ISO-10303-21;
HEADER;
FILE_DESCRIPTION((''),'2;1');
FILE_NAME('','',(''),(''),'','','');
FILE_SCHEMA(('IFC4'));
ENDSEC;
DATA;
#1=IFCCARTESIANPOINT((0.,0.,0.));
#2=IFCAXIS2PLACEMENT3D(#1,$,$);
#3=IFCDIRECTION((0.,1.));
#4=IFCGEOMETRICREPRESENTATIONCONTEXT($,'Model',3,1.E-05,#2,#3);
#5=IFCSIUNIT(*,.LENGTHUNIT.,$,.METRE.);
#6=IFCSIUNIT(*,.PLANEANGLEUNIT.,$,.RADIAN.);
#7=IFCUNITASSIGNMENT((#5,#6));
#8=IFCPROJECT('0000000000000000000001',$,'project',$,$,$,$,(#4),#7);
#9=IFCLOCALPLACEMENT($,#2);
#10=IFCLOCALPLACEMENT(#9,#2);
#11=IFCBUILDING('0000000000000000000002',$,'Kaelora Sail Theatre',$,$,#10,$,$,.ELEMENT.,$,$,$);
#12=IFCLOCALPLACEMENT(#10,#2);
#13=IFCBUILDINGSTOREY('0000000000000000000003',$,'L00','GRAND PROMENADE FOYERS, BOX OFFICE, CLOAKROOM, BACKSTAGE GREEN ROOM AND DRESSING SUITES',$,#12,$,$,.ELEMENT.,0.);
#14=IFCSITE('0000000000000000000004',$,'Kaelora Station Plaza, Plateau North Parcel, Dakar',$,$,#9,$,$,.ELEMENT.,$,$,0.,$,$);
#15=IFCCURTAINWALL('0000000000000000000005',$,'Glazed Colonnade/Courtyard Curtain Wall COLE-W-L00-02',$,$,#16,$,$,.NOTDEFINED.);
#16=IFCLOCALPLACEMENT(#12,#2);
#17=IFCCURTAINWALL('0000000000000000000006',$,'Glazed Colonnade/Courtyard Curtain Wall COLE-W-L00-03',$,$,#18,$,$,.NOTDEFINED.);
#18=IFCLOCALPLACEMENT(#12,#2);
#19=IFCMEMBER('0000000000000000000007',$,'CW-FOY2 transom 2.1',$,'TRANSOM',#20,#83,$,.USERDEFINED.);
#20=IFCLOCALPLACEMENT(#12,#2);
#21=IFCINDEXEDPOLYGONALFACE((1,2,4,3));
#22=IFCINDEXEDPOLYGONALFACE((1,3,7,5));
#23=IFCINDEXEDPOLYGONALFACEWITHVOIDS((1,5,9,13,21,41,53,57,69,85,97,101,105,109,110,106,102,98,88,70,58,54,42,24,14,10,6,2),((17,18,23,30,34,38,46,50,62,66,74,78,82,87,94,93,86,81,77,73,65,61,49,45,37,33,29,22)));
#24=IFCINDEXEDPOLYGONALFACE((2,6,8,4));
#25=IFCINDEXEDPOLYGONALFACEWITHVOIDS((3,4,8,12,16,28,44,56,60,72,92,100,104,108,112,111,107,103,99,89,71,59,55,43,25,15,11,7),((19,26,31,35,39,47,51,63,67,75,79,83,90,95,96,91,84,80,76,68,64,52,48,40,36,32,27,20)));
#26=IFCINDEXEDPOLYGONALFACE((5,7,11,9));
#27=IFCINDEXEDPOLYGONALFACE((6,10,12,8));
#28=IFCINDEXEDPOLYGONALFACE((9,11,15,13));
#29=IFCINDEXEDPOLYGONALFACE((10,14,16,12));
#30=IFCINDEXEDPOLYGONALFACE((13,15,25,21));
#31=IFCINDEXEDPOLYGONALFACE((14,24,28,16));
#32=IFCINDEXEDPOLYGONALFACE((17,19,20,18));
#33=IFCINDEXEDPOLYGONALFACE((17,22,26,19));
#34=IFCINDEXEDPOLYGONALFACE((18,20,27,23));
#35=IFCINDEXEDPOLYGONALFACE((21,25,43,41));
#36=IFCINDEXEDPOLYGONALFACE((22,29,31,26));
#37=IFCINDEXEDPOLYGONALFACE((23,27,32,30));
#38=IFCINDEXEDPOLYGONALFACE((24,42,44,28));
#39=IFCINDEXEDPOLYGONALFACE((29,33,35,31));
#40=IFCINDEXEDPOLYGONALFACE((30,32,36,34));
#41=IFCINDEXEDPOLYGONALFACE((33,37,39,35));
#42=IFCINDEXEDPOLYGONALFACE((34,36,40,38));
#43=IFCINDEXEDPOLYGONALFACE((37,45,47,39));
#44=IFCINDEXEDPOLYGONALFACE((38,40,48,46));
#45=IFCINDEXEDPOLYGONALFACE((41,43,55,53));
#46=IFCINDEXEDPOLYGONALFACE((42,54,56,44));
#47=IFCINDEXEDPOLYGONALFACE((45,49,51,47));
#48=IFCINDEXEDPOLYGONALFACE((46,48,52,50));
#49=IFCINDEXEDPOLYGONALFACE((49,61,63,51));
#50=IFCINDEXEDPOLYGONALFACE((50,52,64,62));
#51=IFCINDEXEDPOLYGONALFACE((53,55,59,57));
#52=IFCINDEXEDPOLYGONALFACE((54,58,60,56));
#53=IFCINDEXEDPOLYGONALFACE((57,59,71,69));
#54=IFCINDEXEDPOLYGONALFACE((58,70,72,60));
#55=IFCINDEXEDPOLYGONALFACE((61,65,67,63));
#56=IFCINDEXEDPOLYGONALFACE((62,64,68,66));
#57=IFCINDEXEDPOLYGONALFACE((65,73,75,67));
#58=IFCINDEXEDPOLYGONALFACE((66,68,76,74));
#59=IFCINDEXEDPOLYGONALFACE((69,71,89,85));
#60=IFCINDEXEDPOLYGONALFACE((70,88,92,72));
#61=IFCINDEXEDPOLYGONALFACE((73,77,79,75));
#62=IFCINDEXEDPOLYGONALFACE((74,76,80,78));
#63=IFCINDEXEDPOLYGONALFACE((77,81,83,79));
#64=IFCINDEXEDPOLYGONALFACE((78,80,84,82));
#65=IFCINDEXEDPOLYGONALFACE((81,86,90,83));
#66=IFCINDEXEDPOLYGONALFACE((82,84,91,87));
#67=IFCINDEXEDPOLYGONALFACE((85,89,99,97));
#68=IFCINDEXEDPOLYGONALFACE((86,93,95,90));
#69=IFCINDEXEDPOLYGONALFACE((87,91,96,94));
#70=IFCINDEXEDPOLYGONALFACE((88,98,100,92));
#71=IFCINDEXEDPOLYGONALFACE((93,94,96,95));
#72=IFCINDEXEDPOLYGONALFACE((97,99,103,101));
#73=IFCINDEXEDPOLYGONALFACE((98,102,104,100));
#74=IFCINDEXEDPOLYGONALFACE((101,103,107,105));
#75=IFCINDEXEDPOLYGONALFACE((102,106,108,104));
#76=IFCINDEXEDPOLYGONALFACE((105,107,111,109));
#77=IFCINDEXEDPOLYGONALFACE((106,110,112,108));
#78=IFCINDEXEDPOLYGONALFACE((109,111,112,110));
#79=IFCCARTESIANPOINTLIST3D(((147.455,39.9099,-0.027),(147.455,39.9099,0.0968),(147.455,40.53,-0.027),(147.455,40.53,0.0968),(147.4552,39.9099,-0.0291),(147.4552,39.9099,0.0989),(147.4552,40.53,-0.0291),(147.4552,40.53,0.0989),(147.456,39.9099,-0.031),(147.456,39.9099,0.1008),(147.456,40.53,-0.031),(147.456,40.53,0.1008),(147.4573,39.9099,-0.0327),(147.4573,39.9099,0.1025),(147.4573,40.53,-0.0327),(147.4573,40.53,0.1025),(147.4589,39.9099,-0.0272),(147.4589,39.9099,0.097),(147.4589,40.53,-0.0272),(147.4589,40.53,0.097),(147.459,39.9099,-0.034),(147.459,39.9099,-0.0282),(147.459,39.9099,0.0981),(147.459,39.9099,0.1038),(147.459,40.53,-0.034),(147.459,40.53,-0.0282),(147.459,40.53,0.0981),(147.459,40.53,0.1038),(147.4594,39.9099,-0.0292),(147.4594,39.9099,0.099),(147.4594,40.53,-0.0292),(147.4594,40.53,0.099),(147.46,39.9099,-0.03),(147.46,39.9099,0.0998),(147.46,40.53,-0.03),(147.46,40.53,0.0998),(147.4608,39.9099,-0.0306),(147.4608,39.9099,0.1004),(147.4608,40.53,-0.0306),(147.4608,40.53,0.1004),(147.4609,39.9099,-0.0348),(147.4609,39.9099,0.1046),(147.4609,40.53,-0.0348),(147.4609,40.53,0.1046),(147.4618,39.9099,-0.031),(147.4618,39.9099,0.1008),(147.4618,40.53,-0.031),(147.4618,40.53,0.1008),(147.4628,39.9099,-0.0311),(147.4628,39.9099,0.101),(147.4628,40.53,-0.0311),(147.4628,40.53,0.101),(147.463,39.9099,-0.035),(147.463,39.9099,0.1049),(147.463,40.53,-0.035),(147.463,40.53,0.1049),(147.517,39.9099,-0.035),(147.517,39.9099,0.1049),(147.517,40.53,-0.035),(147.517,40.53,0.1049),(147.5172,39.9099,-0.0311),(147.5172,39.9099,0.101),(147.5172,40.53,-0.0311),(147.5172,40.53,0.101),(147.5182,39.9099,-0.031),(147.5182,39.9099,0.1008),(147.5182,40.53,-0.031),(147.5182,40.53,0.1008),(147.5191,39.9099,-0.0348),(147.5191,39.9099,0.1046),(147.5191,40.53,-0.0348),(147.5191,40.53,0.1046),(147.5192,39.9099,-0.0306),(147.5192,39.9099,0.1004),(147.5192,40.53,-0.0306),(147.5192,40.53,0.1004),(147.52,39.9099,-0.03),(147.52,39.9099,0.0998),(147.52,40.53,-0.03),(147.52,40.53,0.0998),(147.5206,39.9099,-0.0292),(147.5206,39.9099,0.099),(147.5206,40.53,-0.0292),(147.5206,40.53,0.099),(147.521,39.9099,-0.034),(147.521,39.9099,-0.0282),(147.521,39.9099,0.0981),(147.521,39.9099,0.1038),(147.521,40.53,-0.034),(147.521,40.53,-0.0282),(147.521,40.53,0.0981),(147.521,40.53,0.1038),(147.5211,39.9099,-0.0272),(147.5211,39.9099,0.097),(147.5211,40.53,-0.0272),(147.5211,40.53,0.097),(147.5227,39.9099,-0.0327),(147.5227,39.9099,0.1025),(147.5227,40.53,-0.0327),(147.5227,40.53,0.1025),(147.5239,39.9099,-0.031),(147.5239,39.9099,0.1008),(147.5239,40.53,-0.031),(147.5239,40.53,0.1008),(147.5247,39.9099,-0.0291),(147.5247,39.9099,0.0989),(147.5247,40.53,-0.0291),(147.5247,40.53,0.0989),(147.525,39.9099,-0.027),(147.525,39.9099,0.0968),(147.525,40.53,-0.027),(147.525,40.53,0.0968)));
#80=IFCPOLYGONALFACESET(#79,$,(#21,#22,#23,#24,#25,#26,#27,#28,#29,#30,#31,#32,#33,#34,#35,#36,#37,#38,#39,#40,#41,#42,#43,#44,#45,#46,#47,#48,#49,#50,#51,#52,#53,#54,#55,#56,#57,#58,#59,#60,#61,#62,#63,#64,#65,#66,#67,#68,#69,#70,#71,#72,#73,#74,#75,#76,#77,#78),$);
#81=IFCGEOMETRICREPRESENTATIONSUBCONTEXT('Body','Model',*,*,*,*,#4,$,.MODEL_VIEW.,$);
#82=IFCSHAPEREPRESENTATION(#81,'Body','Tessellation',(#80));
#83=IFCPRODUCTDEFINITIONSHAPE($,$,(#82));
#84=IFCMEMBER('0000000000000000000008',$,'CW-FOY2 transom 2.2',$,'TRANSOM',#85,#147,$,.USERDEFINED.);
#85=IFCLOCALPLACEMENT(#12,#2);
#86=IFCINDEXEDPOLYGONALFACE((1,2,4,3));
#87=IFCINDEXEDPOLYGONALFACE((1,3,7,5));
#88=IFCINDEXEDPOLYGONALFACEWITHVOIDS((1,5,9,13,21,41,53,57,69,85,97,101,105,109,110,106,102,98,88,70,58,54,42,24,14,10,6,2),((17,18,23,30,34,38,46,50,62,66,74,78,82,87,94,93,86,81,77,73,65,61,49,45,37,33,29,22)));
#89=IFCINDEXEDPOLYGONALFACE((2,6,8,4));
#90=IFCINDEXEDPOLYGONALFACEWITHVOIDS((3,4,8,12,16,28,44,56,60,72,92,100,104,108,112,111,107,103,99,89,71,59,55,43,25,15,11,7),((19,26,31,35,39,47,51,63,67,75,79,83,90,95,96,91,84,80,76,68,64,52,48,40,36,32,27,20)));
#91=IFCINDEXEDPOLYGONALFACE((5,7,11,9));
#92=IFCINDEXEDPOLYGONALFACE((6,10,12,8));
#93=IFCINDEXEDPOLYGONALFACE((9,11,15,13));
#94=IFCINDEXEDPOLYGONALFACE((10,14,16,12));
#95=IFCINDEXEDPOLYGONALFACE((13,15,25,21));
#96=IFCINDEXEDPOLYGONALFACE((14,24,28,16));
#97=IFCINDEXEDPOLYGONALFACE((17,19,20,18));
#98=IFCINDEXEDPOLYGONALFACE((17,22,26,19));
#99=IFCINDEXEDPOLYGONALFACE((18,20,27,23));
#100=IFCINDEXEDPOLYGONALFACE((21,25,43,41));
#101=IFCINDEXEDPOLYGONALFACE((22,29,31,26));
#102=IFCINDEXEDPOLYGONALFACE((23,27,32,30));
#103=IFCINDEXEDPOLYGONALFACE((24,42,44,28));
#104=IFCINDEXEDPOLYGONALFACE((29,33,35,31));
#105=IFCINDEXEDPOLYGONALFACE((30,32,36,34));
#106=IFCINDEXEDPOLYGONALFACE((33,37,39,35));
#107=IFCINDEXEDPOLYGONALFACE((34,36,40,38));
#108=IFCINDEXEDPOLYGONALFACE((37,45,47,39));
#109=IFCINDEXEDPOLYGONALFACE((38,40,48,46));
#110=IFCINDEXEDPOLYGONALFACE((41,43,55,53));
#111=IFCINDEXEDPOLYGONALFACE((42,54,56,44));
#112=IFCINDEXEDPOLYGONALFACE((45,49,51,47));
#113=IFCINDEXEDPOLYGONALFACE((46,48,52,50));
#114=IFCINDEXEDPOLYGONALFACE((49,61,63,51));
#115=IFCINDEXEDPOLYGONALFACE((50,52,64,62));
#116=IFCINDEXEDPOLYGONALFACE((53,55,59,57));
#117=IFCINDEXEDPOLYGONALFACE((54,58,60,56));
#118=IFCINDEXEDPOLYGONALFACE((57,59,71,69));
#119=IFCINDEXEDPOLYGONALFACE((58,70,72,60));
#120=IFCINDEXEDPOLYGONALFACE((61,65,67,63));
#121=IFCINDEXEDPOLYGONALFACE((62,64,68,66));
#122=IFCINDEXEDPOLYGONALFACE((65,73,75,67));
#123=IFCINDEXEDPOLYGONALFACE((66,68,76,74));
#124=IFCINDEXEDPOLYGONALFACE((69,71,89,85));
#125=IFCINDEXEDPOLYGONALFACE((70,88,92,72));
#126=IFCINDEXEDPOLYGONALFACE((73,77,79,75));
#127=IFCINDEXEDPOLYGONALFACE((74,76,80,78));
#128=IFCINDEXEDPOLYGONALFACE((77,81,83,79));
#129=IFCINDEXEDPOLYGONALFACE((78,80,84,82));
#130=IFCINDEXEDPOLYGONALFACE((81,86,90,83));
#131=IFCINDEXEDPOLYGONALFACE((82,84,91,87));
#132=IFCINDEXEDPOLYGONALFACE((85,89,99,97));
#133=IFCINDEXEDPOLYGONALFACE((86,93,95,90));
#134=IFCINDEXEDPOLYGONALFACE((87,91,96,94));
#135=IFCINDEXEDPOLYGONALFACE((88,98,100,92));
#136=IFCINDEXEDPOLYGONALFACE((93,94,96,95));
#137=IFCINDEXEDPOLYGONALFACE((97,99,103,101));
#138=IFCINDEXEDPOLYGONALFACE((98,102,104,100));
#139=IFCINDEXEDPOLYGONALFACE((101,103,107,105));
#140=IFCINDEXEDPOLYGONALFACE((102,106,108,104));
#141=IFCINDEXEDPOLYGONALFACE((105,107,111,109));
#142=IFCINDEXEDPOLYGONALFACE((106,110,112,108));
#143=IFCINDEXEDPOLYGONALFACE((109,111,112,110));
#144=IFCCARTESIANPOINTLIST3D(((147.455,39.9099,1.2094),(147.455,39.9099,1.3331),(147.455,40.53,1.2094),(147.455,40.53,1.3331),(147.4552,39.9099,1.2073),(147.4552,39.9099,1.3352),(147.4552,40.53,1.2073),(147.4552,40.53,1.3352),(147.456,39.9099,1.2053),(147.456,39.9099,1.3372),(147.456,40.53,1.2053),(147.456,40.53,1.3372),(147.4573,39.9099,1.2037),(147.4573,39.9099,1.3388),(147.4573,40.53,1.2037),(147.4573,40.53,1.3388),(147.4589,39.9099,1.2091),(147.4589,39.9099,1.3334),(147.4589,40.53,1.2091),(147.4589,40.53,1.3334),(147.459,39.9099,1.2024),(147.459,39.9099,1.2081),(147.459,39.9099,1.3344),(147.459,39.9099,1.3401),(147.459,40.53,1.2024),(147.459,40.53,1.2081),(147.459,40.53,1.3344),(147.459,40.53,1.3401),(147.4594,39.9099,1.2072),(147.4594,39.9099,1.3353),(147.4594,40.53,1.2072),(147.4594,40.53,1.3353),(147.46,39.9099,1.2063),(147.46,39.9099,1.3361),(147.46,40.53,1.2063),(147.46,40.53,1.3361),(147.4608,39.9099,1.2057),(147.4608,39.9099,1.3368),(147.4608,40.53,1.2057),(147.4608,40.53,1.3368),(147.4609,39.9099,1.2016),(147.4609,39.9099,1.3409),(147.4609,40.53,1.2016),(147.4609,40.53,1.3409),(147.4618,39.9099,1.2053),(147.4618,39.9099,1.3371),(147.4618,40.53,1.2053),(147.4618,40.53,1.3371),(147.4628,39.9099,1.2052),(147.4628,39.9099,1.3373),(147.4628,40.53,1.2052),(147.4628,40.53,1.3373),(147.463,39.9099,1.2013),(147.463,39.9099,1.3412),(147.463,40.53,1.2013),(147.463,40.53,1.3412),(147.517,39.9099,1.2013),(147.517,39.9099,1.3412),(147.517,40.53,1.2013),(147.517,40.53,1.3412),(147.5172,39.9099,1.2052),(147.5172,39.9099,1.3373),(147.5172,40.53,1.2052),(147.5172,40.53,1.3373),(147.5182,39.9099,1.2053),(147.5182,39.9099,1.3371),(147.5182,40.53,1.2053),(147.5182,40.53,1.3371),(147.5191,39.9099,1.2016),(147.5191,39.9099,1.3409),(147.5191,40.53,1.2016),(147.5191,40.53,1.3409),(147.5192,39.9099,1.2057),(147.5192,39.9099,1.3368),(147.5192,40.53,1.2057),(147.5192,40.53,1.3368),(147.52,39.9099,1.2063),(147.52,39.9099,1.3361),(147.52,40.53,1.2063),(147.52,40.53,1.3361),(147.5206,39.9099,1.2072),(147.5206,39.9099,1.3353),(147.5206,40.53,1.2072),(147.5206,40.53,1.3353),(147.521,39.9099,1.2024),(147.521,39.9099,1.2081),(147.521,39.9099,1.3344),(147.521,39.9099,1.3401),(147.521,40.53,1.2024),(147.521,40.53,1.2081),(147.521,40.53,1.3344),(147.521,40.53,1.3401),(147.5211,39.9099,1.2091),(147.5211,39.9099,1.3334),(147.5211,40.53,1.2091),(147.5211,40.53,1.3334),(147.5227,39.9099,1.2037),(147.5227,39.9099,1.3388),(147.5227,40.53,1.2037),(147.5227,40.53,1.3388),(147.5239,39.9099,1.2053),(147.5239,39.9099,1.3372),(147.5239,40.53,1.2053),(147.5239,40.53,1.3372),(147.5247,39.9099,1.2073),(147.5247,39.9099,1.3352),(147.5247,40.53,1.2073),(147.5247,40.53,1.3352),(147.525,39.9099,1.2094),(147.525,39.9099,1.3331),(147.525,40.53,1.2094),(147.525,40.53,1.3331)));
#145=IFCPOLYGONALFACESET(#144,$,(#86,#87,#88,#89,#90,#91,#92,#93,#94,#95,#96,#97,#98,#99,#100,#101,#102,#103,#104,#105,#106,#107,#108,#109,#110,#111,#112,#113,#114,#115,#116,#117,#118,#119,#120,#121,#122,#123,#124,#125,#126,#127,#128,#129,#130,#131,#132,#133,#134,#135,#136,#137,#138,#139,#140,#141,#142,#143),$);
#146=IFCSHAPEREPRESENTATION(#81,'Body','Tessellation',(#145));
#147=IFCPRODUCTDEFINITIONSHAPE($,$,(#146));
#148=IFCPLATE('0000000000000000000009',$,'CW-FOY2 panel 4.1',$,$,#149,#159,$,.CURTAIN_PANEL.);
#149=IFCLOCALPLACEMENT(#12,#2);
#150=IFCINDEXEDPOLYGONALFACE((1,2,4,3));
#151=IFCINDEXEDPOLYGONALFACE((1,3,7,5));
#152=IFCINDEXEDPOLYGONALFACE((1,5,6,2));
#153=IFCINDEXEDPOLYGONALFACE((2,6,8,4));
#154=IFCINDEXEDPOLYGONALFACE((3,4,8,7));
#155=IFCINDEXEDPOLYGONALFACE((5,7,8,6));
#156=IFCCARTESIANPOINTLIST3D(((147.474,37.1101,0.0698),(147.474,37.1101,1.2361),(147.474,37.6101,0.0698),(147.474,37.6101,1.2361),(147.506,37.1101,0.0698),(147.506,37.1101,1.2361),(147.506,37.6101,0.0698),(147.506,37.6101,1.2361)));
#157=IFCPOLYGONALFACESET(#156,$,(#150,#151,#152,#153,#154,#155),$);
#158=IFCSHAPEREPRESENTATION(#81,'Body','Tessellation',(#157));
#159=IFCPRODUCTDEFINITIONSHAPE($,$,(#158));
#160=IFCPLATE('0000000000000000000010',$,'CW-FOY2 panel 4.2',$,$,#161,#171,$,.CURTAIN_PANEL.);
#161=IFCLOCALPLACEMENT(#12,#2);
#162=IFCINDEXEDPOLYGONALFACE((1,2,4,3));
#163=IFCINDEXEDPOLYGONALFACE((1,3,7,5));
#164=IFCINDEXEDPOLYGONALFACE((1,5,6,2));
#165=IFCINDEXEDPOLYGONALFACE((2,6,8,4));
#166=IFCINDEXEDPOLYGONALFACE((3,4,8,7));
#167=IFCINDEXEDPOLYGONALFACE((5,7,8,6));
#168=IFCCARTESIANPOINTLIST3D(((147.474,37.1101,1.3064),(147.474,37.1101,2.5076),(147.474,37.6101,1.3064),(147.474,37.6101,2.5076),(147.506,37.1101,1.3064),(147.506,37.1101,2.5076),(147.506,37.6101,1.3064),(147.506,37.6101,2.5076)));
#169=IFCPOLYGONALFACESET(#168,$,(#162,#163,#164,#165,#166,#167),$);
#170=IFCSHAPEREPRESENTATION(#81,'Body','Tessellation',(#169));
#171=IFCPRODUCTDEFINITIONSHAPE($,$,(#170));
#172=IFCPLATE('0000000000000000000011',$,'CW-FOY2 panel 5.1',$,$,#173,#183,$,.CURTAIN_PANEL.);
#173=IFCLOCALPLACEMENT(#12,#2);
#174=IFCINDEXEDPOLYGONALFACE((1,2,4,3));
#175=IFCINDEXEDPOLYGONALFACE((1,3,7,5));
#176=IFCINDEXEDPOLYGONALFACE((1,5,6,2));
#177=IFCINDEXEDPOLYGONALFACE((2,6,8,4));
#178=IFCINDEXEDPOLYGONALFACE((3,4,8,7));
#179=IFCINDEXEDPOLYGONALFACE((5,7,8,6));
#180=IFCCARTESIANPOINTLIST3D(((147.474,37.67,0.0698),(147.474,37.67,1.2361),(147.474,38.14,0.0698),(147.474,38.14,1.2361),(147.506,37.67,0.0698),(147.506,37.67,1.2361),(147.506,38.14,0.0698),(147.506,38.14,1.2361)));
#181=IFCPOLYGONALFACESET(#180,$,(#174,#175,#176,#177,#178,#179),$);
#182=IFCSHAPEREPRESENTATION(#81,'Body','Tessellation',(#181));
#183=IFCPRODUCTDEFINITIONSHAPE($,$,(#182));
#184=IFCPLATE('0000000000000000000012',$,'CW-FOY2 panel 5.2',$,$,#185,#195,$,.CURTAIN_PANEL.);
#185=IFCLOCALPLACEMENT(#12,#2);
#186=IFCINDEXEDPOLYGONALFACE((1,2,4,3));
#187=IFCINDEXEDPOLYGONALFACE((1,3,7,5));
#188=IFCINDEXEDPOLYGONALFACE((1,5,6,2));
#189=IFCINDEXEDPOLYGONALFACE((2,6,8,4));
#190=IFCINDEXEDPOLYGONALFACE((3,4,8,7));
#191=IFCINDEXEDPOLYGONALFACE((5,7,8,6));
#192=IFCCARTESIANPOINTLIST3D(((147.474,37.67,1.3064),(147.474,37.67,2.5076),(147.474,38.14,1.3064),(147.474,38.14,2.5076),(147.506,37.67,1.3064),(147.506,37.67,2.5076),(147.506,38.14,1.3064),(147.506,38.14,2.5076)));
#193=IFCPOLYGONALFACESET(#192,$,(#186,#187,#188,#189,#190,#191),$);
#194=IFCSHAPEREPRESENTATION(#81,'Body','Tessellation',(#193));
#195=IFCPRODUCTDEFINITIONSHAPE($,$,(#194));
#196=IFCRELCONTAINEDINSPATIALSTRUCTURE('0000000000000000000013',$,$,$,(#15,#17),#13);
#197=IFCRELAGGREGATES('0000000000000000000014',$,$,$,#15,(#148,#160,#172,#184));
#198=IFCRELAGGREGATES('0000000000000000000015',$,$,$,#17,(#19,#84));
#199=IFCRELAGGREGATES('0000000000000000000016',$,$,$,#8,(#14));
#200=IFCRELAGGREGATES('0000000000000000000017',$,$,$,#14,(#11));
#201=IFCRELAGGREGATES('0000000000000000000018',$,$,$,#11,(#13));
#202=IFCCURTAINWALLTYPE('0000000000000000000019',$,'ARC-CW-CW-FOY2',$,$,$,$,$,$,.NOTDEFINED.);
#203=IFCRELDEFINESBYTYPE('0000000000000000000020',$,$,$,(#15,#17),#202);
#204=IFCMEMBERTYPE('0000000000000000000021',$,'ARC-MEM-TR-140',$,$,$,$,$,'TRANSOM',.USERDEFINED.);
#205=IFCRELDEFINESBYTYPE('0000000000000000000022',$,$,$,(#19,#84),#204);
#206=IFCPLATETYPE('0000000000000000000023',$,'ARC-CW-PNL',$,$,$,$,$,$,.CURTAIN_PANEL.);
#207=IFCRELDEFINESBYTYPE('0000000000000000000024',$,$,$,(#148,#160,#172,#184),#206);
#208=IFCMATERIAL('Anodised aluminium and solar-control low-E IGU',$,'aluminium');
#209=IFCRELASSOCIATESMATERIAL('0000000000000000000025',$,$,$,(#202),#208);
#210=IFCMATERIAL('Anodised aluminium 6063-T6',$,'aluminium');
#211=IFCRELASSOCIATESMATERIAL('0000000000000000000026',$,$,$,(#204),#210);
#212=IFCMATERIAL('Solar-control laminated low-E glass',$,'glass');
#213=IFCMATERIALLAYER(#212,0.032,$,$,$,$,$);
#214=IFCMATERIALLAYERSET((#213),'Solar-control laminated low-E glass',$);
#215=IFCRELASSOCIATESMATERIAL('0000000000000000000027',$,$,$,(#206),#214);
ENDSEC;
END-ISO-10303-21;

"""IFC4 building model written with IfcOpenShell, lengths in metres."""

from ifc_helpers import new_model, si_unit, direction, frame, origin, origin_2d, place, context, subcontext, project, spatial, rectangle, hollow_rectangle, extrude, material, layer, layer_set, material_profile, profile_set, type_object, element, aggregate, save


model = new_model("IFC4")

# Units and contexts
model_context = context("Model", 3, precision=1e-05, world=origin(), true_north=direction((0.0, 1.0)))
body_context = subcontext(model_context, "Body", "Model", "MODEL_VIEW")
ifc_project = project(units=[si_unit("LENGTHUNIT", "METRE"), si_unit("PLANEANGLEUNIT", "RADIAN")], contexts=[model_context])

# Site, building, storey
site_placement = place(None, origin())
site = spatial("IfcSite", under=ifc_project, at=site_placement, Name="Kaelora Station Plaza, Plateau North Parcel, Dakar", CompositionType="ELEMENT", RefElevation=0.0)
building_placement = place(site_placement, origin())
building = spatial("IfcBuilding", under=site, at=building_placement, Name="Kaelora Sail Theatre", CompositionType="ELEMENT")
storey_placement = place(building_placement, origin())
storey = spatial("IfcBuildingStorey", under=building, at=storey_placement, Name="L00", Description="GRAND PROMENADE FOYERS, BOX OFFICE, CLOAKROOM, BACKSTAGE GREEN ROOM AND DRESSING SUITES", CompositionType="ELEMENT", Elevation=0.0)

# Curtain walls
ifc_material_1 = material(Name="Anodised aluminium and solar-control low-E IGU", Category="aluminium")
curtain_wall_type = type_object("IfcCurtainWallType", Name="ARC-CW-CW-FOY2", PredefinedType="NOTDEFINED", material=ifc_material_1)
curtain_wall_1_placement = place(storey_placement, origin())
curtain_wall_1 = element("IfcCurtainWall", 1, at=curtain_wall_1_placement, inside=storey, type_object=curtain_wall_type, Name="Glazed Colonnade/Courtyard Curtain Wall COLE-W-L00-02", PredefinedType="NOTDEFINED")
curtain_wall_2_placement = place(storey_placement, origin())
curtain_wall_2 = element("IfcCurtainWall", 2, at=curtain_wall_2_placement, inside=storey, type_object=curtain_wall_type, Name="Glazed Colonnade/Courtyard Curtain Wall COLE-W-L00-03", PredefinedType="NOTDEFINED")

# Members
ifc_material_2 = material(Name="Anodised aluminium 6063-T6", Category="aluminium")
ifc_material_profile_1 = material_profile(ifc_material_2, hollow_rectangle(XDim=0.0701, YDim=0.1399, WallThickness=0.0039, InnerFilletRadius=0.0039, OuterFilletRadius=0.0081, at=origin_2d()), Name="ALU-TRAN 70x140x4")
ifc_profile_set_1 = profile_set([ifc_material_profile_1], Name="Anodised aluminium 6063-T6")
member_type_1 = type_object("IfcMemberType", Name="ARC-MEM-TR-140", ElementType="TRANSOM", PredefinedType="USERDEFINED", material=ifc_profile_set_1)
member_1_placement = place(storey_placement, frame((147.49, 39.9099, 0.0349), z_axis=(0.0, 1.0, 0.0), x_axis=(-1.0, 0.0, 0.0)))
member_1 = element("IfcMember", 3, at=member_1_placement, type_object=member_type_1, Name="CW-FOY2 transom 2.1", ObjectType="TRANSOM", PredefinedType="USERDEFINED", context=body_context, shape_type="SweptSolid", body=[
    extrude(hollow_rectangle(XDim=0.0701, YDim=0.1399, WallThickness=0.0039, InnerFilletRadius=0.0039, OuterFilletRadius=0.0081, at=origin_2d()), origin(), (0.0, 0.0, 1.0), 0.6201),
])
member_2_placement = place(storey_placement, frame((147.49, 39.9099, 1.2712), z_axis=(0.0, 1.0, 0.0), x_axis=(-1.0, 0.0, 0.0)))
member_2 = element("IfcMember", 4, at=member_2_placement, type_object=member_type_1, Name="CW-FOY2 transom 2.2", ObjectType="TRANSOM", PredefinedType="USERDEFINED", context=body_context, shape_type="SweptSolid", body=[
    extrude(hollow_rectangle(XDim=0.0701, YDim=0.1399, WallThickness=0.0039, InnerFilletRadius=0.0039, OuterFilletRadius=0.0081, at=origin_2d()), origin(), (0.0, 0.0, 1.0), 0.6201),
])

# Plates
ifc_material_3 = material(Name="Solar-control laminated low-E glass", Category="glass")
ifc_layer = layer(ifc_material_3, 0.032)
ifc_layer_set = layer_set([ifc_layer], Name="Solar-control laminated low-E glass")
plate_type = type_object("IfcPlateType", Name="ARC-CW-PNL", PredefinedType="CURTAIN_PANEL", material=ifc_layer_set)
plate_1_placement = place(storey_placement, frame((147.49, 37.3601, 0.0698), z_axis=(0.0, 0.0, 1.0), x_axis=(0.0, 1.0, 0.0)))
plate_1 = element("IfcPlate", 5, at=plate_1_placement, type_object=plate_type, Name="CW-FOY2 panel 4.1", PredefinedType="CURTAIN_PANEL", context=body_context, shape_type="SweptSolid", body=[
    extrude(rectangle(XDim=0.5, YDim=0.032, at=origin_2d()), origin(), (0.0, 0.0, 1.0), 1.1663),
])
plate_2_placement = place(storey_placement, frame((147.49, 37.3601, 1.3064), z_axis=(0.0, 0.0, 1.0), x_axis=(0.0, 1.0, 0.0)))
plate_2 = element("IfcPlate", 6, at=plate_2_placement, type_object=plate_type, Name="CW-FOY2 panel 4.2", PredefinedType="CURTAIN_PANEL", context=body_context, shape_type="SweptSolid", body=[
    extrude(rectangle(XDim=0.5, YDim=0.032, at=origin_2d()), origin(), (0.0, 0.0, 1.0), 1.2012),
])
plate_3_placement = place(storey_placement, frame((147.49, 37.905, 0.0698), z_axis=(0.0, 0.0, 1.0), x_axis=(0.0, 1.0, 0.0)))
plate_3 = element("IfcPlate", 7, at=plate_3_placement, type_object=plate_type, Name="CW-FOY2 panel 5.1", PredefinedType="CURTAIN_PANEL", context=body_context, shape_type="SweptSolid", body=[
    extrude(rectangle(XDim=0.47, YDim=0.032, at=origin_2d()), origin(), (0.0, 0.0, 1.0), 1.1663),
])
plate_4_placement = place(storey_placement, frame((147.49, 37.905, 1.3064), z_axis=(0.0, 0.0, 1.0), x_axis=(0.0, 1.0, 0.0)))
plate_4 = element("IfcPlate", 8, at=plate_4_placement, type_object=plate_type, Name="CW-FOY2 panel 5.2", PredefinedType="CURTAIN_PANEL", context=body_context, shape_type="SweptSolid", body=[
    extrude(rectangle(XDim=0.47, YDim=0.032, at=origin_2d()), origin(), (0.0, 0.0, 1.0), 1.2012),
])
aggregate(curtain_wall_1, [plate_1, plate_2, plate_3, plate_4])
aggregate(curtain_wall_2, [member_1, member_2])

save(model, "model.ifc")
